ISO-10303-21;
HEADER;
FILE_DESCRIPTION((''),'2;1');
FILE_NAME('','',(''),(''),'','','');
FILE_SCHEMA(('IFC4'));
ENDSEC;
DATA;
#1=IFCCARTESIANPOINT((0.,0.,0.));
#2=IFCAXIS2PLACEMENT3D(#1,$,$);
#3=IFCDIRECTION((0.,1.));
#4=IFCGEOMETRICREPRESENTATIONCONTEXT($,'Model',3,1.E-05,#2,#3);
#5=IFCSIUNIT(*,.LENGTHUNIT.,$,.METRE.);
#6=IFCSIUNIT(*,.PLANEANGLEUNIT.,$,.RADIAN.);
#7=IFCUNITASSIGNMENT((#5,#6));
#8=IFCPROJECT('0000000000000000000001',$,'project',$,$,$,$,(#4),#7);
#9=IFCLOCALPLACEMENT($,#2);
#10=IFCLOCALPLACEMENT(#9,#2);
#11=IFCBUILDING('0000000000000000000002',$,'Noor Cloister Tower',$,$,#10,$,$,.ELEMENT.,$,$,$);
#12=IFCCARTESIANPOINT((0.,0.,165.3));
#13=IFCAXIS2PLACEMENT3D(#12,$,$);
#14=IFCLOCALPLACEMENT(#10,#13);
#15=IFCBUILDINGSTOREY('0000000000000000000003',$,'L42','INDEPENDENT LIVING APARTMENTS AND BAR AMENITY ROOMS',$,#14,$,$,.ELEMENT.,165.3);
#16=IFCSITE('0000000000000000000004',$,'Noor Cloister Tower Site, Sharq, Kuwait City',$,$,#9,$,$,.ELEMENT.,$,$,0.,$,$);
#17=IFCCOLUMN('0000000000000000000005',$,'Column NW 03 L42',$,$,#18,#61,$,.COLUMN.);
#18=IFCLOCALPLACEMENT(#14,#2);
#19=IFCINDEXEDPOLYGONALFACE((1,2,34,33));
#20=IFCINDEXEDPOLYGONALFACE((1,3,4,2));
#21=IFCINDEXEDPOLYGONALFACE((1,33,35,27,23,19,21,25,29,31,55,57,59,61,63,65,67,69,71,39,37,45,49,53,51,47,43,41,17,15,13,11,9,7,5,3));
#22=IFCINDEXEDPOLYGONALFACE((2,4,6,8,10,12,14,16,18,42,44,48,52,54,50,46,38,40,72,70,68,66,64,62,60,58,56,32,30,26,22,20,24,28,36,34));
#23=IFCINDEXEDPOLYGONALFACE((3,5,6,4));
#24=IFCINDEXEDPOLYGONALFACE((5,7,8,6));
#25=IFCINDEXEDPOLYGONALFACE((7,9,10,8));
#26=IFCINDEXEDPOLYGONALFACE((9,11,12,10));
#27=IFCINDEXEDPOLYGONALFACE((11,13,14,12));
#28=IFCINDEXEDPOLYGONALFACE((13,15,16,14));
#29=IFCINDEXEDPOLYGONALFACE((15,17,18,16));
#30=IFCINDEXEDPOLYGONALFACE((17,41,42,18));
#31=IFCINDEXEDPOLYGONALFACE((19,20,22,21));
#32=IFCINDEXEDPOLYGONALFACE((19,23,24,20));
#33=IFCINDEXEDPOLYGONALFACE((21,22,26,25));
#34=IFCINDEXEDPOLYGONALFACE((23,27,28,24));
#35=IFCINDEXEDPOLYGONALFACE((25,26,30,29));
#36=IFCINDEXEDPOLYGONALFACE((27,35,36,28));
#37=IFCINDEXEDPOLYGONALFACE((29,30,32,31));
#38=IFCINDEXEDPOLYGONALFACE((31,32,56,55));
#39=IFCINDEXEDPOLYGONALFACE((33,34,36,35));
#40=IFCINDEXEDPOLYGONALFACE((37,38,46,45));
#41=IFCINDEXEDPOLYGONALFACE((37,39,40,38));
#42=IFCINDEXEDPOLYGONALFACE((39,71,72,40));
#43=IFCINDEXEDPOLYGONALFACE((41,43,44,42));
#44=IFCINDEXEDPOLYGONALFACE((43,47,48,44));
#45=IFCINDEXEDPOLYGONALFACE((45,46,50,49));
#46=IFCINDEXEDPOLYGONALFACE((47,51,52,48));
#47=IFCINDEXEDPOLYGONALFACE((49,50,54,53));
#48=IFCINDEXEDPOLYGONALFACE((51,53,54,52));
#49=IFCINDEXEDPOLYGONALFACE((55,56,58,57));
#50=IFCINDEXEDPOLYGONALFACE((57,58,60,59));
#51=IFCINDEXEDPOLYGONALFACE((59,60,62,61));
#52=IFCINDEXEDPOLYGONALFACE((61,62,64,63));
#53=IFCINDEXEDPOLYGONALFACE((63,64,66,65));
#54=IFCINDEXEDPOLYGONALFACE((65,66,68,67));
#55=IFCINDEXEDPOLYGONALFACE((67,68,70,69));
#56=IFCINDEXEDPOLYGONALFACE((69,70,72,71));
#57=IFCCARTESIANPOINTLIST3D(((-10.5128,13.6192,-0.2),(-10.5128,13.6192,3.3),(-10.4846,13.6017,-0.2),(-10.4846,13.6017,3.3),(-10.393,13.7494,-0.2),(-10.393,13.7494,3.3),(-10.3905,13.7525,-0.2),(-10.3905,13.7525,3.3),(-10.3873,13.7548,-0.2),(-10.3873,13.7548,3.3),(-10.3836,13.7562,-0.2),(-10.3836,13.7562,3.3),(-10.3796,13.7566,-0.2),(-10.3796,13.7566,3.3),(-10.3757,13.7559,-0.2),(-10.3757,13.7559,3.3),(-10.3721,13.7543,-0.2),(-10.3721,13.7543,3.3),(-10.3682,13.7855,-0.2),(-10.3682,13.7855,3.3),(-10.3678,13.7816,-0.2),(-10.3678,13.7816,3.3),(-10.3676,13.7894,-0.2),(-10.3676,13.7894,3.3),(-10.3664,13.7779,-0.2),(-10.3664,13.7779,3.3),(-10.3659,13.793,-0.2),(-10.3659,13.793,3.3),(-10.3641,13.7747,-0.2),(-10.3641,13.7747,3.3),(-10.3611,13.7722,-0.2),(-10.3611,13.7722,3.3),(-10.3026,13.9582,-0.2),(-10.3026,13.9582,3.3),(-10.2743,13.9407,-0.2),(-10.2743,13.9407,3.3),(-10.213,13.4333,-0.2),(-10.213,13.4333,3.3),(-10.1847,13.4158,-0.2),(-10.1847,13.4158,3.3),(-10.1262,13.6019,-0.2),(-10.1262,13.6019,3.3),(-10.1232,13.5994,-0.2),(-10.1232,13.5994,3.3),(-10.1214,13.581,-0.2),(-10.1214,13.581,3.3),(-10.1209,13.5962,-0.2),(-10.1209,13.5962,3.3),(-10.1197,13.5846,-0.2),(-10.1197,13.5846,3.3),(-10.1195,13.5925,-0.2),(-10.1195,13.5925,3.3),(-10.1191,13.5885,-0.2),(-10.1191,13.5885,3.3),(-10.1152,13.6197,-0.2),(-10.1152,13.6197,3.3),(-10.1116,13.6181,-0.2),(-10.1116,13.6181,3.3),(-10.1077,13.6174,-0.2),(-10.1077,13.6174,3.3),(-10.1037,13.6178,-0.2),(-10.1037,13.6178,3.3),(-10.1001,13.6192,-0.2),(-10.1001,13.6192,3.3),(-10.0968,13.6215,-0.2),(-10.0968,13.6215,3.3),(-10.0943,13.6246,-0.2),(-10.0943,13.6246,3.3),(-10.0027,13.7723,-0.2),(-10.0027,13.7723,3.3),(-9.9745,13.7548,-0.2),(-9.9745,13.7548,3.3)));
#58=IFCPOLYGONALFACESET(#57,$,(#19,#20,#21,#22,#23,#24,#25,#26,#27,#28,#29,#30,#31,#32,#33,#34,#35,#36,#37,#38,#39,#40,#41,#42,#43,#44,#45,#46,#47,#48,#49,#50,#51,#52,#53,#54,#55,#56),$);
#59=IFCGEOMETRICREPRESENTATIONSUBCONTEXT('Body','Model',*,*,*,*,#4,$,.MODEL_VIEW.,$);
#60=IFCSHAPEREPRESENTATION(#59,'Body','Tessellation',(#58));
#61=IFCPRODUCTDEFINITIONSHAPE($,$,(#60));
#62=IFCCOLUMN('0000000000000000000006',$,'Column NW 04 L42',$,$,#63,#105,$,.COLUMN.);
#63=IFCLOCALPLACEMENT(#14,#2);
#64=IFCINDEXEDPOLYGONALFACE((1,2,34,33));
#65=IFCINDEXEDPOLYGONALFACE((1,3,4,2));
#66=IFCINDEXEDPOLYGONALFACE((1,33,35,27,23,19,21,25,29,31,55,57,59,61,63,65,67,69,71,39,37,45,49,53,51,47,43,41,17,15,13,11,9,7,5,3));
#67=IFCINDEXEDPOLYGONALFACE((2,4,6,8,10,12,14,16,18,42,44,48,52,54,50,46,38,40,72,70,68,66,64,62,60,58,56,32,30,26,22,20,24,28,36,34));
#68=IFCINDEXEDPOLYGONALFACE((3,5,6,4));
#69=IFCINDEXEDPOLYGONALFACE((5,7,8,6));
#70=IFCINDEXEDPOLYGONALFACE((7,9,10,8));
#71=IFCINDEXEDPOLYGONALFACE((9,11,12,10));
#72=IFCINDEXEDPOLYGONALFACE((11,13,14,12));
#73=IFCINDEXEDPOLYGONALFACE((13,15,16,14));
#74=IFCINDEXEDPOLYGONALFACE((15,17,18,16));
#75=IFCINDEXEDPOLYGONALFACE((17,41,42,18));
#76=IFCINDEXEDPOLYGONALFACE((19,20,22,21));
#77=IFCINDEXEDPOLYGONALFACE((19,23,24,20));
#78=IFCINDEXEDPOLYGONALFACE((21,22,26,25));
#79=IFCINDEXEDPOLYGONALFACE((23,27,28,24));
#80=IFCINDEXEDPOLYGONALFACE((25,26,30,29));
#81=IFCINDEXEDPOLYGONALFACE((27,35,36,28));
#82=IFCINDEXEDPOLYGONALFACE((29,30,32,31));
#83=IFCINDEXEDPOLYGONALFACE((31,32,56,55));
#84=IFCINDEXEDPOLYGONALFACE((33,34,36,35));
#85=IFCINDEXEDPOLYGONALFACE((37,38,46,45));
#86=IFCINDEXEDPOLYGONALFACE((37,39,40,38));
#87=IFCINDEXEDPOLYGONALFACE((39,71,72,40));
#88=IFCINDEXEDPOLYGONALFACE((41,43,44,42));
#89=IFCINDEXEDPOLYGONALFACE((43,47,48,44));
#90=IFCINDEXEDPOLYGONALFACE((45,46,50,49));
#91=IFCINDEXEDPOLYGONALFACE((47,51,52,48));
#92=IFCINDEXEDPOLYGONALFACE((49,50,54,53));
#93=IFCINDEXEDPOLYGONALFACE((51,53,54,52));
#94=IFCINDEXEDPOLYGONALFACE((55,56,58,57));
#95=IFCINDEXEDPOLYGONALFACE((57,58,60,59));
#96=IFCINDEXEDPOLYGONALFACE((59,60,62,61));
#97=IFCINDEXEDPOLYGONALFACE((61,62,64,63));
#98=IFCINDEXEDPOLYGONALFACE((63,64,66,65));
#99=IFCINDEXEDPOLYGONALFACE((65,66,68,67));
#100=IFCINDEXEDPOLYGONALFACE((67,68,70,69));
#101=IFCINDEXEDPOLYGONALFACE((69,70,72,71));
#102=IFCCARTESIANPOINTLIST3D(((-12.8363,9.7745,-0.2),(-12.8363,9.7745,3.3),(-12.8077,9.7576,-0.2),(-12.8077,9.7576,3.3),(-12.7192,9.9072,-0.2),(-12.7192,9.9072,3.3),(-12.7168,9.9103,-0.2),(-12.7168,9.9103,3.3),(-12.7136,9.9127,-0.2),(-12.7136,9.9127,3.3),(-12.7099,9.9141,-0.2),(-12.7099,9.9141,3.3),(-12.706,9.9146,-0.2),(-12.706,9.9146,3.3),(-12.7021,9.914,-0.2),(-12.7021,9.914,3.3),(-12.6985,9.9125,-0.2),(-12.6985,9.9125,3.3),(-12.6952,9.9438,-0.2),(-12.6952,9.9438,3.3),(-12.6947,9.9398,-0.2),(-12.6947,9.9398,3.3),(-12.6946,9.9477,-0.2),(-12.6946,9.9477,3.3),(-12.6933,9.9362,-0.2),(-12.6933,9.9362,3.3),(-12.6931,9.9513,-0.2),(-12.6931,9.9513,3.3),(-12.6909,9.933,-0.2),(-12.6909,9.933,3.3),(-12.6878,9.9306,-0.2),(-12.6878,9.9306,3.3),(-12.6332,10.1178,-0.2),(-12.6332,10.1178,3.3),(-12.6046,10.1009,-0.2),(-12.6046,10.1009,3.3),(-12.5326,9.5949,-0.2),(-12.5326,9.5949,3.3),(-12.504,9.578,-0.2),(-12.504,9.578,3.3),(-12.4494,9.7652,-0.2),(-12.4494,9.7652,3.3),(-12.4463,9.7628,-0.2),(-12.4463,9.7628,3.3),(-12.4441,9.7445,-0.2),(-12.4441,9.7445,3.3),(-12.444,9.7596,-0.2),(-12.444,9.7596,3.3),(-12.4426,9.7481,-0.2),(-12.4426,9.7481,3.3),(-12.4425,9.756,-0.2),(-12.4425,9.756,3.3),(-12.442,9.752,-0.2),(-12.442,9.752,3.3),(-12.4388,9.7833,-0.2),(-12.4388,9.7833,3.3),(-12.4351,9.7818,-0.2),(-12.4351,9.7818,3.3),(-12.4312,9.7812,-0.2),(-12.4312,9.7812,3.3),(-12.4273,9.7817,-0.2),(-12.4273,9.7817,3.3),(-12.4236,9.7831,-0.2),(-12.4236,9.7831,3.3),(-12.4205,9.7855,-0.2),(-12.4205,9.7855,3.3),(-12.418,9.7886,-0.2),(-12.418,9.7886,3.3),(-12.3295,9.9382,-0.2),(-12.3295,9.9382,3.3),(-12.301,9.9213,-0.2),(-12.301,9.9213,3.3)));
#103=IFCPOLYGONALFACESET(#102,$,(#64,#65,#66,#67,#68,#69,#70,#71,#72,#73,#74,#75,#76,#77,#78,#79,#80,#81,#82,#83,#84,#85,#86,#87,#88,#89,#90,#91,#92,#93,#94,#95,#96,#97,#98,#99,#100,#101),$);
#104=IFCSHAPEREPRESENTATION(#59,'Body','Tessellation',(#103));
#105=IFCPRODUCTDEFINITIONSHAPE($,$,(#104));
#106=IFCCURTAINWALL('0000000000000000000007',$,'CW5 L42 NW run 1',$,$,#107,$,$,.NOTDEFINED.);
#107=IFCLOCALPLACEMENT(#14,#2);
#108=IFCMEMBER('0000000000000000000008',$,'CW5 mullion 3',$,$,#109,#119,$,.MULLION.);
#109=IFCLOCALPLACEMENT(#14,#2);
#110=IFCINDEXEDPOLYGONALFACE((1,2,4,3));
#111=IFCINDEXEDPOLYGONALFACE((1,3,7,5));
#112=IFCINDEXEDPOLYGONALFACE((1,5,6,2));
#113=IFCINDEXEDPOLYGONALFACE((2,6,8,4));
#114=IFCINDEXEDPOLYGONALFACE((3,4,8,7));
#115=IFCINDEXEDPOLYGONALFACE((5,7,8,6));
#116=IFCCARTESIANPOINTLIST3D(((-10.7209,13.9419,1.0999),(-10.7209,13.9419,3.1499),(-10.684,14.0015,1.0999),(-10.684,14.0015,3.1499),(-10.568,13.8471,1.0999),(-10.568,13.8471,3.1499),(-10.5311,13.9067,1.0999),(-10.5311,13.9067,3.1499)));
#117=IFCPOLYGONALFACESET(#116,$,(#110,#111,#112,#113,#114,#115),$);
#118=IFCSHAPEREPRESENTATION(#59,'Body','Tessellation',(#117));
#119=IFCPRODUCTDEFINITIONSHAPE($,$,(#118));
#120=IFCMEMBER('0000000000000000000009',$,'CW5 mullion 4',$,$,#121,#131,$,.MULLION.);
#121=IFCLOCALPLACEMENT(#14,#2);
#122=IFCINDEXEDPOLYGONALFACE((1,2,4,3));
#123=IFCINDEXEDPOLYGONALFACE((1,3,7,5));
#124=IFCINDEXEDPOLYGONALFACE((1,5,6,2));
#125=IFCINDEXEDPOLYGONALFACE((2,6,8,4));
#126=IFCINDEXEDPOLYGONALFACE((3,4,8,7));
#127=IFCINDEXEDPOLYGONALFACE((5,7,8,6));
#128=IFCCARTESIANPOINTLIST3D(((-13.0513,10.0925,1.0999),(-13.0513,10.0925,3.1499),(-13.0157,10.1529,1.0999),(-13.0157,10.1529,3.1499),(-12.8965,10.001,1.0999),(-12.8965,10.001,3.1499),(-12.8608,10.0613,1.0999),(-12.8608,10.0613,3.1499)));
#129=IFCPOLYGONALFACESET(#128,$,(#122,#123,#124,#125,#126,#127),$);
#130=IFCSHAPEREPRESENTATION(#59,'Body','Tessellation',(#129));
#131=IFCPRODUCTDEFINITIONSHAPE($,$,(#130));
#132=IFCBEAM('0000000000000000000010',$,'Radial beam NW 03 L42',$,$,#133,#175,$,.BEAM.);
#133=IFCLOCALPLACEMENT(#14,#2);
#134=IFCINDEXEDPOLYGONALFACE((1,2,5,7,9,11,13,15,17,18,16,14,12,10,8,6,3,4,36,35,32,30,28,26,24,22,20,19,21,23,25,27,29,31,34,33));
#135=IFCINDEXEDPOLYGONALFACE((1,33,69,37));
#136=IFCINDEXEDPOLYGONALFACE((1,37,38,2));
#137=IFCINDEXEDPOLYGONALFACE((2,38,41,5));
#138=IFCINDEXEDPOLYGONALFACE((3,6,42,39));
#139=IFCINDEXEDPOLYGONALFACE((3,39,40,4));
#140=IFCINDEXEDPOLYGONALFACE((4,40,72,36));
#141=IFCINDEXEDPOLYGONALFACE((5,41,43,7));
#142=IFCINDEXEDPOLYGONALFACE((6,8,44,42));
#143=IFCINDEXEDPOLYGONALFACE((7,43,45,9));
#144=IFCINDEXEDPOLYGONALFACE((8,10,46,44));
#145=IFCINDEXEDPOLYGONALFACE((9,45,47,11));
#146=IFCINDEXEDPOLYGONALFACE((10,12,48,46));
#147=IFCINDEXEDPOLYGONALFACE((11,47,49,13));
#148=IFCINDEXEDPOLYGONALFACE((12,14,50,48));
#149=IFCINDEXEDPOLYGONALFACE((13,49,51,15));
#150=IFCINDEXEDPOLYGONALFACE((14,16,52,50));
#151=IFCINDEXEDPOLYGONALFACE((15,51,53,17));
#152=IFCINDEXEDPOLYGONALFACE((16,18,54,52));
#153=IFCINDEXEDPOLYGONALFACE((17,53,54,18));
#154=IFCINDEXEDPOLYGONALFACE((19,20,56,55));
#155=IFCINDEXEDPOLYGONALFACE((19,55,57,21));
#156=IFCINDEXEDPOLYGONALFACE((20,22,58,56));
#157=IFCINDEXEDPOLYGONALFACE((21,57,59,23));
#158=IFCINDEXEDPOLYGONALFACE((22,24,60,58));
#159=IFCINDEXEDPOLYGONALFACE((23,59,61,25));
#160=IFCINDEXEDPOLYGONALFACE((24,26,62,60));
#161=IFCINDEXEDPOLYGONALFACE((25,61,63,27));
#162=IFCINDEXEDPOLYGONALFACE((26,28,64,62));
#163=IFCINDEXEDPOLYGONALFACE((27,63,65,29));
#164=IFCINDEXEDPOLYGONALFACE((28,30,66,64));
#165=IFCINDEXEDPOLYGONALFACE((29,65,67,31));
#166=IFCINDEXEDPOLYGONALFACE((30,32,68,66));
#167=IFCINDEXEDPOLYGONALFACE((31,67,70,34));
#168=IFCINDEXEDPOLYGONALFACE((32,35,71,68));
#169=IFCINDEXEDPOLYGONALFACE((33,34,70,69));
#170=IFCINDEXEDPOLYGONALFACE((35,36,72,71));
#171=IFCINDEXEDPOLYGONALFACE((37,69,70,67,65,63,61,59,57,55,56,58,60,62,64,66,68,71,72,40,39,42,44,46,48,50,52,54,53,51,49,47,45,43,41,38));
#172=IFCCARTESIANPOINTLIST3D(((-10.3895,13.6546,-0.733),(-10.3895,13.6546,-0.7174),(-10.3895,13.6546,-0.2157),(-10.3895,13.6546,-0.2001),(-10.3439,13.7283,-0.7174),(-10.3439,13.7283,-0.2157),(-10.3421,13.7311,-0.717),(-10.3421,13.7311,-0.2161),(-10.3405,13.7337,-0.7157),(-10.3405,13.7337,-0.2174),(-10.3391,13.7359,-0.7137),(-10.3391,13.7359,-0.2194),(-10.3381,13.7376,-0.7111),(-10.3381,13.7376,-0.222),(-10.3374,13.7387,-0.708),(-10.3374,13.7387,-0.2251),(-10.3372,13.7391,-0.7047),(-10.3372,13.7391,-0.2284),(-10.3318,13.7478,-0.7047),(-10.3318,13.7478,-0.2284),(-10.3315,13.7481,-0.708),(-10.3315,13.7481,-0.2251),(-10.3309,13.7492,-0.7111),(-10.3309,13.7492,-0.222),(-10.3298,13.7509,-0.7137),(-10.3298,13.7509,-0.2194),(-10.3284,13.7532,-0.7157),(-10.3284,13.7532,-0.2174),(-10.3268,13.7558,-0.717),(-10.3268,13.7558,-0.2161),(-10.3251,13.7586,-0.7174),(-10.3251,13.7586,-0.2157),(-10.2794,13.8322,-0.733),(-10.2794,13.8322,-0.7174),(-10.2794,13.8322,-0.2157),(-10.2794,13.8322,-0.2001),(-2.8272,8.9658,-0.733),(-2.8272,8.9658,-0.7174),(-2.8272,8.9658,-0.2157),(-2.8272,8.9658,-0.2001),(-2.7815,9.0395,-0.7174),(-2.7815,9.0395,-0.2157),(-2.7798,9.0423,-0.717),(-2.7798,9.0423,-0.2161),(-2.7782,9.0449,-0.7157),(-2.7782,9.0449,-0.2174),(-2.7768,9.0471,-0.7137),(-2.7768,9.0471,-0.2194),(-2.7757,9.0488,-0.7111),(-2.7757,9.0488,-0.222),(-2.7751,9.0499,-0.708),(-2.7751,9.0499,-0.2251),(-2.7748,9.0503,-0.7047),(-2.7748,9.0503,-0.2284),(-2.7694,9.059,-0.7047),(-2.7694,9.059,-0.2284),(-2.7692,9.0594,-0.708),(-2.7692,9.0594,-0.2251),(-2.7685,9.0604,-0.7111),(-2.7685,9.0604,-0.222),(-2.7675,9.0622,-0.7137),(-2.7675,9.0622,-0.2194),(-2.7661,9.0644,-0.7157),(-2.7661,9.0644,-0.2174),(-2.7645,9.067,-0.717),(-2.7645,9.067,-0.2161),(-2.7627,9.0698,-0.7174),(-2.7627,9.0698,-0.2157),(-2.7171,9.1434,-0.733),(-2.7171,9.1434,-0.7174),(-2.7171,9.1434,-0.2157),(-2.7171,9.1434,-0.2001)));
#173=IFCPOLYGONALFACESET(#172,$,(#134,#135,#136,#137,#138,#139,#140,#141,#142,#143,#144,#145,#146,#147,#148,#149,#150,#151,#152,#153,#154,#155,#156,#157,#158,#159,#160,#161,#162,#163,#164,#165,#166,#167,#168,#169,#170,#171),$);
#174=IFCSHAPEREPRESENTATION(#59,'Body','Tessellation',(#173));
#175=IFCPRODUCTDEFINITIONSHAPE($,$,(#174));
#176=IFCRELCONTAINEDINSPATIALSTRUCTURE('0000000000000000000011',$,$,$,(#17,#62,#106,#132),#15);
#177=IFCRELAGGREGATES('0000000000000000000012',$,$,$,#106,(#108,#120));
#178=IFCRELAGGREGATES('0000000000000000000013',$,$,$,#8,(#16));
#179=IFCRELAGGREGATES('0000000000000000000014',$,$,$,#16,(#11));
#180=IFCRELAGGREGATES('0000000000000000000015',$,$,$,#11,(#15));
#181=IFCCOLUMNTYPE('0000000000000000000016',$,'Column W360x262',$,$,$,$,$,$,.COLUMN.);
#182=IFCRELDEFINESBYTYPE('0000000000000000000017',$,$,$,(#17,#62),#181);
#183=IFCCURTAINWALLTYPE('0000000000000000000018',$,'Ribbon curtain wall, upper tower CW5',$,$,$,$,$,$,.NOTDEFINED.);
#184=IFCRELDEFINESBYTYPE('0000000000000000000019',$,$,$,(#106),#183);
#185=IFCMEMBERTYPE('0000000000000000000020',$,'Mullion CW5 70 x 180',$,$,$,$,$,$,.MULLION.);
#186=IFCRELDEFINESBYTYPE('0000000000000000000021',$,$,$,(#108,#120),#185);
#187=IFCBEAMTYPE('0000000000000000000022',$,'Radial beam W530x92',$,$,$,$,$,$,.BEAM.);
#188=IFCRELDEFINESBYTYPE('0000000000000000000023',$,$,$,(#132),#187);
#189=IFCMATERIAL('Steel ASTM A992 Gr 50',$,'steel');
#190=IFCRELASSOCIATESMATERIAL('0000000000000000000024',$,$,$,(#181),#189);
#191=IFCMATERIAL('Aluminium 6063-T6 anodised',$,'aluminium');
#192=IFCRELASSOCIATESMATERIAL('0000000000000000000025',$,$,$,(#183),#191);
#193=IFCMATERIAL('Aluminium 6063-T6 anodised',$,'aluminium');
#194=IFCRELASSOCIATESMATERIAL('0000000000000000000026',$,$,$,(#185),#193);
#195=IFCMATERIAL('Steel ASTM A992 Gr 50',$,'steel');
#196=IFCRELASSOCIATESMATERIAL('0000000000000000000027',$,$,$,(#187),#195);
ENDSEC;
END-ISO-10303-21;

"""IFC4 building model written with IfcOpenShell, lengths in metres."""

from ifc_helpers import new_model, si_unit, direction, frame, origin, origin_2d, place, context, subcontext, project, spatial, rectangle, i_section, extrude, material, material_profile, profile_set, type_object, element, aggregate, save


model = new_model("IFC4")

# Units and contexts
model_context = context("Model", 3, precision=1e-05, world=origin(), true_north=direction((0.0, 1.0)))
body_context = subcontext(model_context, "Body", "Model", "MODEL_VIEW")
ifc_project = project(units=[si_unit("LENGTHUNIT", "METRE"), si_unit("PLANEANGLEUNIT", "RADIAN")], contexts=[model_context])

# Site, building, storey
site_placement = place(None, origin())
site = spatial("IfcSite", under=ifc_project, at=site_placement, Name="Noor Cloister Tower Site, Sharq, Kuwait City", CompositionType="ELEMENT", RefElevation=0.0)
building_placement = place(site_placement, origin())
building = spatial("IfcBuilding", under=site, at=building_placement, Name="Noor Cloister Tower", CompositionType="ELEMENT")
storey_placement = place(building_placement, frame((0.0, 0.0, 165.3)))
storey = spatial("IfcBuildingStorey", under=building, at=storey_placement, Name="L42", Description="INDEPENDENT LIVING APARTMENTS AND BAR AMENITY ROOMS", CompositionType="ELEMENT", Elevation=165.3)

# Columns
ifc_material_1 = material(Name="Steel ASTM A992 Gr 50", Category="steel")
ifc_material_profile_1 = material_profile(ifc_material_1, i_section(OverallWidth=0.3989, OverallDepth=0.386, WebThickness=0.021, FlangeThickness=0.0332, FilletRadius=0.0151, at=origin_2d()), Name="W360x262")
ifc_profile_set_1 = profile_set([ifc_material_profile_1], Name="Steel ASTM A992 Gr 50")
column_type = type_object("IfcColumnType", Name="Column W360x262", PredefinedType="COLUMN", material=ifc_profile_set_1)
for number, where, z_axis, x_axis, name in (
    (1, (-10.2437, 13.687, -0.2), (0.0, 0.0, 1.0), (-0.526959, -0.849891, 0.0), "Column NW 03 L42"),
    (2, (-12.5686, 9.8479, -0.2), (0.0, 0.0, 1.0), (-0.509042, -0.860741, 0.0), "Column NW 04 L42"),
):
    element("IfcColumn", number, at=place(storey_placement, frame(where, z_axis=z_axis, x_axis=x_axis)), inside=storey, type_object=column_type, Name=name, PredefinedType="COLUMN", context=body_context, shape_type="SweptSolid", body=[
        extrude(i_section(OverallWidth=0.3989, OverallDepth=0.386, WebThickness=0.021, FlangeThickness=0.0332, FilletRadius=0.0151, at=origin_2d()), origin(), (0.0, 0.0, 1.0), 3.5),
    ])

# Curtain wall, members
ifc_material_2 = material(Name="Aluminium 6063-T6 anodised", Category="aluminium")
curtain_wall_type = type_object("IfcCurtainWallType", Name="Ribbon curtain wall, upper tower CW5", PredefinedType="NOTDEFINED", material=ifc_material_2)
curtain_wall_placement = place(storey_placement, origin())
curtain_wall = element("IfcCurtainWall", 3, at=curtain_wall_placement, inside=storey, type_object=curtain_wall_type, Name="CW5 L42 NW run 1", PredefinedType="NOTDEFINED")
ifc_material_3 = material(Name="Aluminium 6063-T6 anodised", Category="aluminium")
ifc_material_profile_2 = material_profile(ifc_material_3, rectangle(XDim=0.1799, YDim=0.0701, at=origin_2d()), Name="180 x 70 mullion")
ifc_profile_set_2 = profile_set([ifc_material_profile_2], Name="Aluminium 6063-T6 anodised")
member_type = type_object("IfcMemberType", Name="Mullion CW5 70 x 180", PredefinedType="MULLION", material=ifc_profile_set_2)
member_1_placement = place(storey_placement, frame((-10.626, 13.9243, 1.0999), z_axis=(0.0, 0.0, 1.0), x_axis=(0.849891, -0.526959, 0.0)))
member_1 = element("IfcMember", 4, at=member_1_placement, type_object=member_type, Name="CW5 mullion 3", PredefinedType="MULLION", context=body_context, shape_type="SweptSolid", body=[
    extrude(rectangle(XDim=0.1799, YDim=0.0701, at=origin_2d()), origin(), (0.0, 0.0, 1.0), 2.05),
])
member_2_placement = place(storey_placement, frame((-12.9561, 10.0769, 1.0999), z_axis=(0.0, 0.0, 1.0), x_axis=(0.860741, -0.509042, 0.0)))
member_2 = element("IfcMember", 5, at=member_2_placement, type_object=member_type, Name="CW5 mullion 4", PredefinedType="MULLION", context=body_context, shape_type="SweptSolid", body=[
    extrude(rectangle(XDim=0.1799, YDim=0.0701, at=origin_2d()), origin(), (0.0, 0.0, 1.0), 2.05),
])

# Beam
ifc_material_4 = material(Name="Steel ASTM A992 Gr 50", Category="steel")
ifc_material_profile_3 = material_profile(ifc_material_4, i_section(OverallWidth=0.209, OverallDepth=0.533, WebThickness=0.0103, FlangeThickness=0.0156, FilletRadius=0.0127, at=origin_2d()), Name="W530x92")
ifc_profile_set_3 = profile_set([ifc_material_profile_3], Name="Steel ASTM A992 Gr 50")
beam_type_1 = type_object("IfcBeamType", Name="Radial beam W530x92", PredefinedType="BEAM", material=ifc_profile_set_3)
beam_1_placement = place(storey_placement, frame((-10.3345, 13.7434, -0.4666), z_axis=(0.849897, -0.52695, 0.0), x_axis=(0.52695, 0.849897, 0.0)))
element("IfcBeam", 6, at=beam_1_placement, inside=storey, type_object=beam_type_1, Name="Radial beam NW 03 L42", PredefinedType="BEAM", context=body_context, shape_type="SweptSolid", body=[
    extrude(i_section(OverallWidth=0.209, OverallDepth=0.533, WebThickness=0.0103, FlangeThickness=0.0156, FilletRadius=0.0127, at=origin_2d()), origin(), (0.0, 0.0, 1.0), 8.8979),
])

aggregate(curtain_wall, [member_1, member_2])

save(model, "model.ifc")
